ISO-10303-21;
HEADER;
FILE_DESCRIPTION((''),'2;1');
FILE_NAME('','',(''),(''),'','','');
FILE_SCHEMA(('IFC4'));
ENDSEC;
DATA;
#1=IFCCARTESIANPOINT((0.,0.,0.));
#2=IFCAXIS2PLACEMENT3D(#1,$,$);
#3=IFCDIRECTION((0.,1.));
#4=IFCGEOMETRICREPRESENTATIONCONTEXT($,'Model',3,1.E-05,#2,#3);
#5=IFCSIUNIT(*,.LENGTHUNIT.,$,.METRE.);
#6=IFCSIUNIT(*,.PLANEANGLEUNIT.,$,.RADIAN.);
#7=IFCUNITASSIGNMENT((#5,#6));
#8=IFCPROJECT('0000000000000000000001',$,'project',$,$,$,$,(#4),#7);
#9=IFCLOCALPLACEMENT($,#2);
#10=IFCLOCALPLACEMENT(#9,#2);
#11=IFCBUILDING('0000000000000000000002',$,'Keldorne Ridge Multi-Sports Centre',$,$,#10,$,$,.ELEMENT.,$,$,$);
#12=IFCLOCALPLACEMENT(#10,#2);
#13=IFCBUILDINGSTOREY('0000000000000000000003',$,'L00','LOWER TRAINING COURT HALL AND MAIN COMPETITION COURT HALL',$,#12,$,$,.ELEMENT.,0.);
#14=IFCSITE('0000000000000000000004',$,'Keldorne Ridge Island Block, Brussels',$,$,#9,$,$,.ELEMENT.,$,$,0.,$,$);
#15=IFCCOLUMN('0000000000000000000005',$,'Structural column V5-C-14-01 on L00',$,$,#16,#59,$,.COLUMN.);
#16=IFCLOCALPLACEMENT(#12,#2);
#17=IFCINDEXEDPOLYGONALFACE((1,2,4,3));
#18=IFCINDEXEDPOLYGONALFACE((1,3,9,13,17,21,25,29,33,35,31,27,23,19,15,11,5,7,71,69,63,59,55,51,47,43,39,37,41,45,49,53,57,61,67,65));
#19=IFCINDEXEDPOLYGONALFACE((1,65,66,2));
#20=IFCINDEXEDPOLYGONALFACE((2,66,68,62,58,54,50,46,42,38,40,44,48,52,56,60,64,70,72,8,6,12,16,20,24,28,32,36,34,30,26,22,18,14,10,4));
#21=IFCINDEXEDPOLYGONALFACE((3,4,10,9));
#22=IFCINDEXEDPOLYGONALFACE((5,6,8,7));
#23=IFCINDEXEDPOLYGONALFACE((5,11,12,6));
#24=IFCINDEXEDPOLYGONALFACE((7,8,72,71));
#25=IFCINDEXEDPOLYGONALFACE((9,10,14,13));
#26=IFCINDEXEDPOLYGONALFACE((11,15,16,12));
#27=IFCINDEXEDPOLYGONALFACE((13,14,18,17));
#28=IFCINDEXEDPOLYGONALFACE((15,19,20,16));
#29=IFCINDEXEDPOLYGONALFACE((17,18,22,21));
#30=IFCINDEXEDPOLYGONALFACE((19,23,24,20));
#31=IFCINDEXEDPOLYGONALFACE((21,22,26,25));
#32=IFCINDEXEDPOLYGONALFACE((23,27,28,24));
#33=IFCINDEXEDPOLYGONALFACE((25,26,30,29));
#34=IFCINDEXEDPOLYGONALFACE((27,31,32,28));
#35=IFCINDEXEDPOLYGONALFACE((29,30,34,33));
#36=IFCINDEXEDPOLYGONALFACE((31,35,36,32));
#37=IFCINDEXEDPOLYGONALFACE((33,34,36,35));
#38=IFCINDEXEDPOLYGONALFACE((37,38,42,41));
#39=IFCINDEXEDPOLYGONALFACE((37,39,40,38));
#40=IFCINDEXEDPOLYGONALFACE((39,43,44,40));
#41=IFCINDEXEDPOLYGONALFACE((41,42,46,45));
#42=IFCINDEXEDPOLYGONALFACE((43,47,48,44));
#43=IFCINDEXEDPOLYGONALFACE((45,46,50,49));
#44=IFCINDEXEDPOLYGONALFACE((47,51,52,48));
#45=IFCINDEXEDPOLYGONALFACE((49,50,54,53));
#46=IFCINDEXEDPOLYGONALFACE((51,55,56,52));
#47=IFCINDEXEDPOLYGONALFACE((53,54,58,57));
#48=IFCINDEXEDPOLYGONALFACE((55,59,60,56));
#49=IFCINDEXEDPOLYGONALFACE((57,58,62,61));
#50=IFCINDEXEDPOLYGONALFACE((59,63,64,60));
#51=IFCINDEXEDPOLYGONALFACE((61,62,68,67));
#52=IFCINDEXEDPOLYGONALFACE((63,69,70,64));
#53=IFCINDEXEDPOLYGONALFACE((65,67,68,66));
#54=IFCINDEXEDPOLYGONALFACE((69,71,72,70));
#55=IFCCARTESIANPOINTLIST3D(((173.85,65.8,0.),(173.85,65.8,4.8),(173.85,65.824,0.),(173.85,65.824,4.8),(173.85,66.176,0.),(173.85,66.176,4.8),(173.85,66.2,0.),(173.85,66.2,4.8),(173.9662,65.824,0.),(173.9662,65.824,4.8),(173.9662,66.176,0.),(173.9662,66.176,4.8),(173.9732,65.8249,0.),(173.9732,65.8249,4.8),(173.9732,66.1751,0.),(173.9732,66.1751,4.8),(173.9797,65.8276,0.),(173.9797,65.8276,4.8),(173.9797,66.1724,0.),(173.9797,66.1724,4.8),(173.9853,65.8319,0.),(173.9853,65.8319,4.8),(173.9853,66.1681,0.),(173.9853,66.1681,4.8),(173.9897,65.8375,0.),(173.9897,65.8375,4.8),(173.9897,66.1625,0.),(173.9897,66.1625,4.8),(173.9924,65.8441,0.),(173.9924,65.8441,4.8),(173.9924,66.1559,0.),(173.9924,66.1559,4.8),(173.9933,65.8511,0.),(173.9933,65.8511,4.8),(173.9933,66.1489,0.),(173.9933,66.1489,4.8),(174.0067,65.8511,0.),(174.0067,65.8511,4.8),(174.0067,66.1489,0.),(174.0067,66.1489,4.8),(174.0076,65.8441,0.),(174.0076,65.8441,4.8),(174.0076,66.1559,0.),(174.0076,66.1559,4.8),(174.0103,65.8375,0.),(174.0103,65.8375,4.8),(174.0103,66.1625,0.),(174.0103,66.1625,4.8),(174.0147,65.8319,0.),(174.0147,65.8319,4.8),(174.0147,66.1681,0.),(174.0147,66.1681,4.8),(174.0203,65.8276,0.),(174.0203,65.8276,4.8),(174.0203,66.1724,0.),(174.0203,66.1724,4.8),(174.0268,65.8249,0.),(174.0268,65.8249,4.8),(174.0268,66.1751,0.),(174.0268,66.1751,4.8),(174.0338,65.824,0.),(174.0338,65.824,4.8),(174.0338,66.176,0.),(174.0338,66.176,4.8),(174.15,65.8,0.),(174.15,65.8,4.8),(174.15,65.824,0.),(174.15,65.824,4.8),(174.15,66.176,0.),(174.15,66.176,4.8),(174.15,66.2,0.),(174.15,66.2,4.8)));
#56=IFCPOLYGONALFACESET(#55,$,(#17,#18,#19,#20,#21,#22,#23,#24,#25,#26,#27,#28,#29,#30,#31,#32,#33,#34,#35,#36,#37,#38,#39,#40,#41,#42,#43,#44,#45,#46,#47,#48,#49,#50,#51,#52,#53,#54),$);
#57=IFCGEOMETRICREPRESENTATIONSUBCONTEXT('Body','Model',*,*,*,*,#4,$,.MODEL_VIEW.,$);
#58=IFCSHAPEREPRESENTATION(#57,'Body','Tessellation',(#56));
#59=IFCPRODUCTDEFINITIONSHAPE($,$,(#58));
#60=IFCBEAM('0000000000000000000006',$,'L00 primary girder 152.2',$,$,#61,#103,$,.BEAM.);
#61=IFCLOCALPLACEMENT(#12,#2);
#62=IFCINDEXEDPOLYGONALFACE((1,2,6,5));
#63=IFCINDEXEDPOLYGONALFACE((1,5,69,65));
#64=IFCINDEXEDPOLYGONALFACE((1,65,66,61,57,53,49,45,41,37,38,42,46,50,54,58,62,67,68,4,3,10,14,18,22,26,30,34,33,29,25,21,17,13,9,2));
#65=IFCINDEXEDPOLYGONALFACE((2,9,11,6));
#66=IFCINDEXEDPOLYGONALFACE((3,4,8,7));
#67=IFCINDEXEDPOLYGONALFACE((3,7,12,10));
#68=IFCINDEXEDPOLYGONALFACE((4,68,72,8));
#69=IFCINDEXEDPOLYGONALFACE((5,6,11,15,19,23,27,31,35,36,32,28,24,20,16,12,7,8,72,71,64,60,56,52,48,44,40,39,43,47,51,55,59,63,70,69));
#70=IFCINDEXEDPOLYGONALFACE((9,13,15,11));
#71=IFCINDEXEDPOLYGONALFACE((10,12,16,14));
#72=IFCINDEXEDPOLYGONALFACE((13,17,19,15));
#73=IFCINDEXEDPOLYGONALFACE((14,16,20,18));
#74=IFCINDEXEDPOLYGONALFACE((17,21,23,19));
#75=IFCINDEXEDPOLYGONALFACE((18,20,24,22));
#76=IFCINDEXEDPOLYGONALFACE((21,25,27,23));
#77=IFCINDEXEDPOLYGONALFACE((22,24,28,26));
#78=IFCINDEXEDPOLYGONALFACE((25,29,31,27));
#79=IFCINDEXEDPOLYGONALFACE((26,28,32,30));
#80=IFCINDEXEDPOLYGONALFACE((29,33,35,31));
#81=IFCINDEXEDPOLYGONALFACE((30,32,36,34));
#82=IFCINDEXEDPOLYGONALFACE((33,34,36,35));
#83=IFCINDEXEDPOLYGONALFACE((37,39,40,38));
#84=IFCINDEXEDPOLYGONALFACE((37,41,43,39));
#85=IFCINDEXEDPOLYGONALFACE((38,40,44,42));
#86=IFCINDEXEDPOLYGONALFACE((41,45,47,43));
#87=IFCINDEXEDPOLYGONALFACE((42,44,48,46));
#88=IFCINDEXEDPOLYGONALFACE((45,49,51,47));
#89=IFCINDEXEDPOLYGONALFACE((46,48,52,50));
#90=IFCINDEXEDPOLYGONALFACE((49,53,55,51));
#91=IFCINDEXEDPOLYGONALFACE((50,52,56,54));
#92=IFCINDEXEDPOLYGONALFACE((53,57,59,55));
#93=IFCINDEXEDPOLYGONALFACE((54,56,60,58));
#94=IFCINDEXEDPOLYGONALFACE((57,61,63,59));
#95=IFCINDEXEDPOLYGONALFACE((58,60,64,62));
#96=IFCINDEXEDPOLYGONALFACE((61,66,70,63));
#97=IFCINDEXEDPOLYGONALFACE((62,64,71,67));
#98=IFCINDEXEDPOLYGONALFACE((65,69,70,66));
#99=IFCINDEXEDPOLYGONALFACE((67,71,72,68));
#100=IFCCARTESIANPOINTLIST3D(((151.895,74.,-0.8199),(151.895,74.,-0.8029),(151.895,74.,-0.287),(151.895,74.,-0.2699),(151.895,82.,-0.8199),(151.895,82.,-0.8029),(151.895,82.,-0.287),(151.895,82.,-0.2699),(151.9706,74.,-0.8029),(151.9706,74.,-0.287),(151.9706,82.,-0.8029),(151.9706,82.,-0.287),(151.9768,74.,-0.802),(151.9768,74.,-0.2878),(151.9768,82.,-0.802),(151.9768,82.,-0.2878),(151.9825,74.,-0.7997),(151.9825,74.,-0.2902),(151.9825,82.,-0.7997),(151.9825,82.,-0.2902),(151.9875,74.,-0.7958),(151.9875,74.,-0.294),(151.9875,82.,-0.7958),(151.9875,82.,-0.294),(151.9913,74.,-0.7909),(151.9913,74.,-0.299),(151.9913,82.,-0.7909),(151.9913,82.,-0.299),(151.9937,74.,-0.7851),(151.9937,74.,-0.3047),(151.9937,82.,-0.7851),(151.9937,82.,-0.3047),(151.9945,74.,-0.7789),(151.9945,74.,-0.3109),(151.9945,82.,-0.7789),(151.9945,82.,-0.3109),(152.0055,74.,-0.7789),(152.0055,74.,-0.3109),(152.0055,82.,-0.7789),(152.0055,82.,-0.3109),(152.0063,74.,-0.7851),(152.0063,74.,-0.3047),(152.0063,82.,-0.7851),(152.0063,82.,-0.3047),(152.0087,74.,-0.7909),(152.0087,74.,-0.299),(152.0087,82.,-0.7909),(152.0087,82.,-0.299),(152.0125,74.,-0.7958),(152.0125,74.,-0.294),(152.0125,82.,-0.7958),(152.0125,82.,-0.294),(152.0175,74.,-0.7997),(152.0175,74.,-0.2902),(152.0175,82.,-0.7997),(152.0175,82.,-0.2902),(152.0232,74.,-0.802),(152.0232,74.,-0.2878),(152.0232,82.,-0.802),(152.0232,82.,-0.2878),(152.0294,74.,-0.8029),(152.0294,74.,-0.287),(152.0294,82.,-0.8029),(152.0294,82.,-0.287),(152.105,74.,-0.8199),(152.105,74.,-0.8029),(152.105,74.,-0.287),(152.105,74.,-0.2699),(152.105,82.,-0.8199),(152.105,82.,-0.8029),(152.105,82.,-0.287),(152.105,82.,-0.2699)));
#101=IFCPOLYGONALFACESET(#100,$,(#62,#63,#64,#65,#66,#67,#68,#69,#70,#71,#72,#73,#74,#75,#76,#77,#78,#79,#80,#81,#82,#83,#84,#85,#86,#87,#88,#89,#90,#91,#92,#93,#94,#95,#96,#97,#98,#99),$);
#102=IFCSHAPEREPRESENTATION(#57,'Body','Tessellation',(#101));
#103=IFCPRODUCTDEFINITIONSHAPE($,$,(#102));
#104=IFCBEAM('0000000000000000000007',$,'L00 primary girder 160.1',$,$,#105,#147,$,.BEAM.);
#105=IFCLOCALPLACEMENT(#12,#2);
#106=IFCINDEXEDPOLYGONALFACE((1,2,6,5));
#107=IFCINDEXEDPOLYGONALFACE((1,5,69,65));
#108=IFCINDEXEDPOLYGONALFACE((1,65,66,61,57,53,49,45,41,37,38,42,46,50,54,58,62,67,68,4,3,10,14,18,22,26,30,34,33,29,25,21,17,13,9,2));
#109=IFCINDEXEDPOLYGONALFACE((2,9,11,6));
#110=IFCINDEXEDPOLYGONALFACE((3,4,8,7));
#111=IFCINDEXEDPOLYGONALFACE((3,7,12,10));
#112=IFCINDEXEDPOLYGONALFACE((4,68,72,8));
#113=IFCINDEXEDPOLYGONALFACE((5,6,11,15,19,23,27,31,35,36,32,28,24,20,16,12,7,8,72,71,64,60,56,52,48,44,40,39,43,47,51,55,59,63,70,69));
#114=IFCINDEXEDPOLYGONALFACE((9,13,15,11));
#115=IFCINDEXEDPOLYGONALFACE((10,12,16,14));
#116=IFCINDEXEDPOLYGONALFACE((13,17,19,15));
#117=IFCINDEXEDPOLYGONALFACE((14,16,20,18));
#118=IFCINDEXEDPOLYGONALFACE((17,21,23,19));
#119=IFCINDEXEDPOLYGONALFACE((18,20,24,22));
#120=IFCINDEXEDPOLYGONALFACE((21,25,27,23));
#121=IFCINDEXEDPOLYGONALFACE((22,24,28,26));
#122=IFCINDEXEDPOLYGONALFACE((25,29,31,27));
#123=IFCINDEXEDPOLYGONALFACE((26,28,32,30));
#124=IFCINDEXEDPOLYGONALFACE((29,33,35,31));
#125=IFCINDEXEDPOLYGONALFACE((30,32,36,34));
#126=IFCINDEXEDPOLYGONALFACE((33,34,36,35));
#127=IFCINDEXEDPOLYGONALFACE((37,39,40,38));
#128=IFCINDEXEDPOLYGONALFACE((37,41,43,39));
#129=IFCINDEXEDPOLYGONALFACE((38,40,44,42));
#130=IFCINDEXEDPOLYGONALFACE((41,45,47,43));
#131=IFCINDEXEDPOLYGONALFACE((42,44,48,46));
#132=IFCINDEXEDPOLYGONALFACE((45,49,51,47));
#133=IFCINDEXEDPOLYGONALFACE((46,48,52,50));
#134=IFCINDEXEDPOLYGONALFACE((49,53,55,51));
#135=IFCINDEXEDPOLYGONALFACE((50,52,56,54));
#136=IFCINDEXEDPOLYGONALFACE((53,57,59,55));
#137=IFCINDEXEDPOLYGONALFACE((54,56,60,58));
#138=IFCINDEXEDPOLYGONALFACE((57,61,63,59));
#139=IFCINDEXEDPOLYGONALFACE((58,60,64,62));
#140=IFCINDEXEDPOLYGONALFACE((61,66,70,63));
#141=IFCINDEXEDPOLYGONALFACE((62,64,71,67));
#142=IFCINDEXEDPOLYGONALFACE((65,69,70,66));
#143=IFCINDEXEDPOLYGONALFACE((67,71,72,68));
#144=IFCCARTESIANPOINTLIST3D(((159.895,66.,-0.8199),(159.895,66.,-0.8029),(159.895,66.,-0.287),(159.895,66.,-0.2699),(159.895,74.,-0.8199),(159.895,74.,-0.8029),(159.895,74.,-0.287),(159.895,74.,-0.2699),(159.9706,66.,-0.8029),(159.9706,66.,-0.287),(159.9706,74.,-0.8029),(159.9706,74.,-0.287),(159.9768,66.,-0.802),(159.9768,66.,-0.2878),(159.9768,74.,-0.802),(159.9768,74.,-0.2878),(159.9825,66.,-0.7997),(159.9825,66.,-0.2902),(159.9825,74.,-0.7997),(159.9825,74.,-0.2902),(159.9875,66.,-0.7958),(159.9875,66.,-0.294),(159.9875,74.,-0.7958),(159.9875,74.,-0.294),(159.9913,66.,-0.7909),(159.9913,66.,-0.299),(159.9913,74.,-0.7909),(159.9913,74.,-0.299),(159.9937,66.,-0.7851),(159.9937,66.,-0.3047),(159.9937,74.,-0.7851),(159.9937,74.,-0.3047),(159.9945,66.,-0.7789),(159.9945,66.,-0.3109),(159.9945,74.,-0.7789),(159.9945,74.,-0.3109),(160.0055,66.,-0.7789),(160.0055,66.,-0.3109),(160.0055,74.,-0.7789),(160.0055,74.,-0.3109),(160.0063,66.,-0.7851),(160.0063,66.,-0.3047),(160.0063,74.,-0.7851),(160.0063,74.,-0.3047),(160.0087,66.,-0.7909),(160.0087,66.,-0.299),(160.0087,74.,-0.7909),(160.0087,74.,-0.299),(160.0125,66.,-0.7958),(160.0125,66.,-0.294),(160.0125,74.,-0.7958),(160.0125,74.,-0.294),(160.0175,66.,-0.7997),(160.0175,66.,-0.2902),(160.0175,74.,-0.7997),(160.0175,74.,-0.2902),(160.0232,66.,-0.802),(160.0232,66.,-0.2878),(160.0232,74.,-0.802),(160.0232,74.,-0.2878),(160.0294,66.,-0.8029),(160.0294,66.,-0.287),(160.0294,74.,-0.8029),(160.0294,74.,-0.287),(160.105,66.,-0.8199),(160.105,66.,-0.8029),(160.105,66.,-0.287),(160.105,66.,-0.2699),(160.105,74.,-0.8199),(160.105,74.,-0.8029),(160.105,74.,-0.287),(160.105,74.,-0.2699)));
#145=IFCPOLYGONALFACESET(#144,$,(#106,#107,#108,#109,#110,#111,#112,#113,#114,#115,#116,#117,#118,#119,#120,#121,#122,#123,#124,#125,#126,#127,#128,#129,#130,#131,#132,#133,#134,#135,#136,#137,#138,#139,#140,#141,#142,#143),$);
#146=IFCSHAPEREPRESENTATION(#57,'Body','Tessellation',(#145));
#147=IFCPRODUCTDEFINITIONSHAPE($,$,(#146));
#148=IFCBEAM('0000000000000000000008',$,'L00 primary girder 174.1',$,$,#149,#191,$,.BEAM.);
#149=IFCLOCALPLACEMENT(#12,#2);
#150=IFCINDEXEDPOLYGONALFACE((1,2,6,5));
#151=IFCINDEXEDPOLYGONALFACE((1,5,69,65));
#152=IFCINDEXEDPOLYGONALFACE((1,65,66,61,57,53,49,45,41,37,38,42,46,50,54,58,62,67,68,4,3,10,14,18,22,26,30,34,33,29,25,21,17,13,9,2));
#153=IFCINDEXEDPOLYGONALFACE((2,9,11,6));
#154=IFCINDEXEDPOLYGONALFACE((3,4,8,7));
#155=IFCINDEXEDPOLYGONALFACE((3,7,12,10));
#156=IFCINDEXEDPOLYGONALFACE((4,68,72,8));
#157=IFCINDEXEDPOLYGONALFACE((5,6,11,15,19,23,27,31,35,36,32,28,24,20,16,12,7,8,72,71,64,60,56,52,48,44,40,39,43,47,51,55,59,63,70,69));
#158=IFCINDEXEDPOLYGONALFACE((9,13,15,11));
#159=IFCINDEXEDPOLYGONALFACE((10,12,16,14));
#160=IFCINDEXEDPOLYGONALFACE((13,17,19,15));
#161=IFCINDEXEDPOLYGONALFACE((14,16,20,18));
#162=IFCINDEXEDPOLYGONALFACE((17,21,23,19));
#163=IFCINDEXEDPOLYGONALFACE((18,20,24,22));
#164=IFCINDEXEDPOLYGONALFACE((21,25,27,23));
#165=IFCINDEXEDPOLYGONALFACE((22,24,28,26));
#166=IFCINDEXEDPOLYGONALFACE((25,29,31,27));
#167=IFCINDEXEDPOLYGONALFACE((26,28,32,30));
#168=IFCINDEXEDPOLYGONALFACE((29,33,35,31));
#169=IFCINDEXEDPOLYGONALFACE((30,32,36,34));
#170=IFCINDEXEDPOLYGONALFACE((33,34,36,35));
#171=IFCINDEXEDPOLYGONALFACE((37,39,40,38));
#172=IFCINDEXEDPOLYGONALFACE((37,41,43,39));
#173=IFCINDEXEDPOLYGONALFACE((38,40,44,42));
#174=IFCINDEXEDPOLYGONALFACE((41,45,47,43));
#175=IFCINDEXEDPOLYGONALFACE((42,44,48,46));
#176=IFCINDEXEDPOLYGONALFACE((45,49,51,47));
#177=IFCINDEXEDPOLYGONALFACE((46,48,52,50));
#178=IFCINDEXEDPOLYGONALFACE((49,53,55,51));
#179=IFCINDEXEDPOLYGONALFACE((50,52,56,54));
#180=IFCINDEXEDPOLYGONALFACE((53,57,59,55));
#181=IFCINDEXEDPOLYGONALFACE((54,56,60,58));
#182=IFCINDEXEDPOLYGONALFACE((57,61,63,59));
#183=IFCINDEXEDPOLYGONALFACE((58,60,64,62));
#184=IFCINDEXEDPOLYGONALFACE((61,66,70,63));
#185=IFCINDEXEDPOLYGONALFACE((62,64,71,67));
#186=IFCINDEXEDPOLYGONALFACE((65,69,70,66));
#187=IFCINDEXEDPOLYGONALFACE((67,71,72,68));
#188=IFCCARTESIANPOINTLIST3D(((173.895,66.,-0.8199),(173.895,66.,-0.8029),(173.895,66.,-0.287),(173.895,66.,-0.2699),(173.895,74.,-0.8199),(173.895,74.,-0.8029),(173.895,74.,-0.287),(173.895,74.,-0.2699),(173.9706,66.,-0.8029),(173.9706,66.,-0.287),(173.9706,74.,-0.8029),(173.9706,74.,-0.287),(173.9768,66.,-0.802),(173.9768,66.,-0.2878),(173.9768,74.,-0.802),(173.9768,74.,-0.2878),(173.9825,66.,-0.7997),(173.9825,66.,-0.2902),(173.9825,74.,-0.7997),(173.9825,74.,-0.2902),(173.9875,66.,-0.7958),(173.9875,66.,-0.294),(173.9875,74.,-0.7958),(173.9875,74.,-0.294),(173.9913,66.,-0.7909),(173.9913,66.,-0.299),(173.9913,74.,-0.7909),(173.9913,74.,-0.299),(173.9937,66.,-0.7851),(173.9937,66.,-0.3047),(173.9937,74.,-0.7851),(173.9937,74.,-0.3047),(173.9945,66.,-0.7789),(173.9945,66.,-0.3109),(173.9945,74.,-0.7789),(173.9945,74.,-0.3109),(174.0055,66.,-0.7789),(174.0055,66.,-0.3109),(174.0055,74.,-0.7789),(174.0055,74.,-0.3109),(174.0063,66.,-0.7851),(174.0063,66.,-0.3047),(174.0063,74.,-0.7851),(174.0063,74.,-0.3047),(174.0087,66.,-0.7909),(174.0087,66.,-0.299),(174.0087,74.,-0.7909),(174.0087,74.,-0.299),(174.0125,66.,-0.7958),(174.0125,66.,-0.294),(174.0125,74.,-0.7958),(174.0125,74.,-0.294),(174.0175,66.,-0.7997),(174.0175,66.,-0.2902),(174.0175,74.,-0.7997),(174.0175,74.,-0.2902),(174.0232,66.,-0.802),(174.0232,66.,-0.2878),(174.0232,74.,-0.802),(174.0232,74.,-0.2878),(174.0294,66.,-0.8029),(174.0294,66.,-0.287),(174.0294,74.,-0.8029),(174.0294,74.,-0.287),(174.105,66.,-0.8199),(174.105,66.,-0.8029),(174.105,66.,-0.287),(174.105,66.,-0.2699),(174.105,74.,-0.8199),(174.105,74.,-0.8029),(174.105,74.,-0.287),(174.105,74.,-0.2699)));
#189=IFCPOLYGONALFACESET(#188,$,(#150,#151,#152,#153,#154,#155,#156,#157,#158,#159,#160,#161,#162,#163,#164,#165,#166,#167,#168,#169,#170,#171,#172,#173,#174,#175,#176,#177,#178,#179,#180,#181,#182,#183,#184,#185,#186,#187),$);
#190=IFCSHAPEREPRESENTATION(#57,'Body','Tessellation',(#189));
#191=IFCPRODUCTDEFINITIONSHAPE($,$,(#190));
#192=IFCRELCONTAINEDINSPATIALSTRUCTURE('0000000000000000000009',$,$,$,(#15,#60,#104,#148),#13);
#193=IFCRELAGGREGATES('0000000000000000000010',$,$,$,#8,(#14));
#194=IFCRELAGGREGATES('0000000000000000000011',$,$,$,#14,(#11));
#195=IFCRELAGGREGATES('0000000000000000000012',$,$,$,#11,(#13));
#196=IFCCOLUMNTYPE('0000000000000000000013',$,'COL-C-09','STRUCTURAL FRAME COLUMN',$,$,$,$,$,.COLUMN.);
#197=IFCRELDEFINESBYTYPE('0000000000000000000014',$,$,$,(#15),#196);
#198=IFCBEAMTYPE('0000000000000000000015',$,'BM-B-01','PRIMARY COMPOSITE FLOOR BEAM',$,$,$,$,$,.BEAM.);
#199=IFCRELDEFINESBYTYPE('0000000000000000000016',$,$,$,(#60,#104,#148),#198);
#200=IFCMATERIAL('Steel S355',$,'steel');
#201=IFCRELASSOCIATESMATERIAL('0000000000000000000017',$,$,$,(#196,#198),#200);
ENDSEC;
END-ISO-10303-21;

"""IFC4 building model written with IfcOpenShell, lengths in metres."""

from ifc_helpers import new_model, si_unit, direction, frame, origin, origin_2d, place, context, subcontext, project, spatial, i_section, extrude, material, material_profile, profile_set, type_object, element, save


model = new_model("IFC4")

# Units and contexts
model_context = context("Model", 3, precision=1e-05, world=origin(), true_north=direction((0.0, 1.0)))
body_context = subcontext(model_context, "Body", "Model", "MODEL_VIEW")
ifc_project = project(units=[si_unit("LENGTHUNIT", "METRE"), si_unit("PLANEANGLEUNIT", "RADIAN")], contexts=[model_context])

# Site, building, storey
site_placement = place(None, origin())
site = spatial("IfcSite", under=ifc_project, at=site_placement, Name="Keldorne Ridge Island Block, Brussels", CompositionType="ELEMENT", RefElevation=0.0)
building_placement = place(site_placement, origin())
building = spatial("IfcBuilding", under=site, at=building_placement, Name="Keldorne Ridge Multi-Sports Centre", CompositionType="ELEMENT")
storey_placement = place(building_placement, origin())
storey = spatial("IfcBuildingStorey", under=building, at=storey_placement, Name="L00", Description="LOWER TRAINING COURT HALL AND MAIN COMPETITION COURT HALL", CompositionType="ELEMENT", Elevation=0.0)

# Column
ifc_material_1 = material(Name="Steel S355", Category="steel")
ifc_material_profile_1 = material_profile(ifc_material_1, i_section(OverallWidth=0.3, OverallDepth=0.3999, WebThickness=0.0134, FlangeThickness=0.0239, FilletRadius=0.0271, at=origin_2d()), Name="HEB 400")
ifc_profile_set_1 = profile_set([ifc_material_profile_1], Name="Steel S355")
column_type = type_object("IfcColumnType", Name="COL-C-09", Description="STRUCTURAL FRAME COLUMN", PredefinedType="COLUMN", material=ifc_profile_set_1)
for number, where, z_axis, x_axis, name in (
    (1, (174.0, 66.0, 0.0), (0.0, 0.0, 1.0), (1.0, 0.0, 0.0), "Structural column V5-C-14-01 on L00"),
):
    element("IfcColumn", number, at=place(storey_placement, frame(where, z_axis=z_axis, x_axis=x_axis)), inside=storey, type_object=column_type, Name=name, PredefinedType="COLUMN", context=body_context, shape_type="SweptSolid", body=[
        extrude(i_section(OverallWidth=0.3, OverallDepth=0.3999, WebThickness=0.0134, FlangeThickness=0.0239, FilletRadius=0.0271, at=origin_2d()), origin(), (0.0, 0.0, 1.0), 4.8),
    ])

# Beams
ifc_material_profile_2 = material_profile(ifc_material_1, i_section(OverallWidth=0.21, OverallDepth=0.55, WebThickness=0.011, FlangeThickness=0.0171, FilletRadius=0.0239, at=origin_2d()), Name="IPE 550")
ifc_profile_set_2 = profile_set([ifc_material_profile_2], Name="Steel S355")
beam_type_1 = type_object("IfcBeamType", Name="BM-B-01", Description="PRIMARY COMPOSITE FLOOR BEAM", PredefinedType="BEAM", material=ifc_profile_set_2)
for number, where, z_axis, x_axis, name in (
    (2, (152.0, 74.0, -0.5449), (0.0, 1.0, 0.0), (-1.0, 0.0, 0.0), "L00 primary girder 152.2"),
    (3, (160.0, 66.0, -0.5449), (0.0, 1.0, 0.0), (-1.0, 0.0, 0.0), "L00 primary girder 160.1"),
    (4, (174.0, 66.0, -0.5449), (0.0, 1.0, 0.0), (-1.0, 0.0, 0.0), "L00 primary girder 174.1"),
):
    element("IfcBeam", number, at=place(storey_placement, frame(where, z_axis=z_axis, x_axis=x_axis)), inside=storey, type_object=beam_type_1, Name=name, PredefinedType="BEAM", context=body_context, shape_type="SweptSolid", body=[
        extrude(i_section(OverallWidth=0.21, OverallDepth=0.55, WebThickness=0.011, FlangeThickness=0.0171, FilletRadius=0.0239, at=origin_2d()), origin(), (0.0, 0.0, 1.0), 8.0),
    ])

save(model, "model.ifc")
